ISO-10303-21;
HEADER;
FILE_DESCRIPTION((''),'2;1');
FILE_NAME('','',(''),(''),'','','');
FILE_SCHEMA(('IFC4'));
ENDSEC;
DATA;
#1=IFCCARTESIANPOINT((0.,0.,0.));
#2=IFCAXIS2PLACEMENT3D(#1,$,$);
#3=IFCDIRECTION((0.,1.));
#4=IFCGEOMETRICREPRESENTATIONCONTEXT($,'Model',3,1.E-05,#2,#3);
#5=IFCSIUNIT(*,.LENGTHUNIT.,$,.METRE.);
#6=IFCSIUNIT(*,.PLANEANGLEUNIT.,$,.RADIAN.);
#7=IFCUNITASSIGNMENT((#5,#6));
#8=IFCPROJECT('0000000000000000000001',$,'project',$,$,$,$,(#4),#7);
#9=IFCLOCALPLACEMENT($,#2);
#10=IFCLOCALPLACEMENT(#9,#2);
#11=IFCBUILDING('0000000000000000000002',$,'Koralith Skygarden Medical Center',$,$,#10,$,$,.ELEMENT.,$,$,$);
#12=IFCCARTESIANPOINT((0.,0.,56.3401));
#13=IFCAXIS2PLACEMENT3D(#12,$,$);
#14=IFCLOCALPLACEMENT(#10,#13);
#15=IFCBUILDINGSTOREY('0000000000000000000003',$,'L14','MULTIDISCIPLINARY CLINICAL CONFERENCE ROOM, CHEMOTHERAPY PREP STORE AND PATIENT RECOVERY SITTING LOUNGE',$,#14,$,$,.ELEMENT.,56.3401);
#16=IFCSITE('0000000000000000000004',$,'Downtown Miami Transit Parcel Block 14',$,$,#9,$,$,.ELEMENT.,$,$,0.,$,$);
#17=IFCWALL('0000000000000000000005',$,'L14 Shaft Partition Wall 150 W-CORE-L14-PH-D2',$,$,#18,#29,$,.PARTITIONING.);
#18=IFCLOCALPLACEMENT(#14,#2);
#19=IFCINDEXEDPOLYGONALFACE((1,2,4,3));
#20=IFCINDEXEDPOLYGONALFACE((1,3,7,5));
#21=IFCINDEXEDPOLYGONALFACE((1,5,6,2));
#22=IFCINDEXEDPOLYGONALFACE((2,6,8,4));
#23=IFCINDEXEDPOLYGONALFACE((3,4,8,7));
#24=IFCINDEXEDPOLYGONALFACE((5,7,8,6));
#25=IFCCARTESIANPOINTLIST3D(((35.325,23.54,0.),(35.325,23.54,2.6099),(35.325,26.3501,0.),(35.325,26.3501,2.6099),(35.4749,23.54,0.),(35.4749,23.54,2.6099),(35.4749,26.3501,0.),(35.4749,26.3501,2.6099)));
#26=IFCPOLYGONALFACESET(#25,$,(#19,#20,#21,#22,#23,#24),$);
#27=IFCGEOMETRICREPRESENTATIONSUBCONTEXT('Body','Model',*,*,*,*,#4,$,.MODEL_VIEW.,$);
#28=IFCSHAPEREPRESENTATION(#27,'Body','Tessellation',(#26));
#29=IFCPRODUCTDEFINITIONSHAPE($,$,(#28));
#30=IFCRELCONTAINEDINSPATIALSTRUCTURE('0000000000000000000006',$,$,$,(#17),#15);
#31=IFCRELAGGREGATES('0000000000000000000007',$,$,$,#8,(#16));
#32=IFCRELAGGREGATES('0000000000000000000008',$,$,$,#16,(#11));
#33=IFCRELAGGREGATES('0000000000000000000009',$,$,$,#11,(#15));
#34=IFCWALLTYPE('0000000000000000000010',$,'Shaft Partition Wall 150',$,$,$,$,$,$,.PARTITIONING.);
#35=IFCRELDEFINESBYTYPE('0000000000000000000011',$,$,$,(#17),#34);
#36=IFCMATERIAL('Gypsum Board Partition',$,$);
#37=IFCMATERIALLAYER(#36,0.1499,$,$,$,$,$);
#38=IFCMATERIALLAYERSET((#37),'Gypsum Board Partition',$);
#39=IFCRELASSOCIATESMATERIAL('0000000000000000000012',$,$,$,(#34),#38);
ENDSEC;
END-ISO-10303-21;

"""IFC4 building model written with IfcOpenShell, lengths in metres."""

from ifc_helpers import new_model, si_unit, direction, frame, frame_2d, origin, place, context, subcontext, project, spatial, rectangle, extrude, material, layer, layer_set, type_object, element, save


model = new_model("IFC4")

# Units and contexts
model_context = context("Model", 3, precision=1e-05, world=origin(), true_north=direction((0.0, 1.0)))
body_context = subcontext(model_context, "Body", "Model", "MODEL_VIEW")
ifc_project = project(units=[si_unit("LENGTHUNIT", "METRE"), si_unit("PLANEANGLEUNIT", "RADIAN")], contexts=[model_context])

# Site, building, storey
site_placement = place(None, origin())
site = spatial("IfcSite", under=ifc_project, at=site_placement, Name="Downtown Miami Transit Parcel Block 14", CompositionType="ELEMENT", RefElevation=0.0)
building_placement = place(site_placement, origin())
building = spatial("IfcBuilding", under=site, at=building_placement, Name="Koralith Skygarden Medical Center", CompositionType="ELEMENT")
storey_placement = place(building_placement, frame((0.0, 0.0, 56.3401)))
storey = spatial("IfcBuildingStorey", under=building, at=storey_placement, Name="L14", Description="MULTIDISCIPLINARY CLINICAL CONFERENCE ROOM, CHEMOTHERAPY PREP STORE AND PATIENT RECOVERY SITTING LOUNGE", CompositionType="ELEMENT", Elevation=56.3401)

# Shared definitions
ifc_material_1 = material(Name="Gypsum Board Partition")

# Wall
ifc_layer_1 = layer(ifc_material_1, 0.1499)
ifc_layer_set_1 = layer_set([ifc_layer_1], Name="Gypsum Board Partition")
wall_type_1 = type_object("IfcWallType", Name="Shaft Partition Wall 150", PredefinedType="PARTITIONING", material=ifc_layer_set_1)
for number, where, z_axis, x_axis, name in (
    (1, (35.3999, 23.54, 0.0), (0.0, 0.0, 1.0), (0.0, 1.0, 0.0), "L14 Shaft Partition Wall 150 W-CORE-L14-PH-D2"),
):
    element("IfcWall", number, at=place(storey_placement, frame(where, z_axis=z_axis, x_axis=x_axis)), inside=storey, type_object=wall_type_1, Name=name, PredefinedType="PARTITIONING", context=body_context, shape_type="SweptSolid", body=[
        extrude(rectangle(XDim=2.8101, YDim=0.1499, at=frame_2d((1.405, 0.0))), origin(), (0.0, 0.0, 1.0), 2.6099),
    ])

save(model, "model.ifc")
